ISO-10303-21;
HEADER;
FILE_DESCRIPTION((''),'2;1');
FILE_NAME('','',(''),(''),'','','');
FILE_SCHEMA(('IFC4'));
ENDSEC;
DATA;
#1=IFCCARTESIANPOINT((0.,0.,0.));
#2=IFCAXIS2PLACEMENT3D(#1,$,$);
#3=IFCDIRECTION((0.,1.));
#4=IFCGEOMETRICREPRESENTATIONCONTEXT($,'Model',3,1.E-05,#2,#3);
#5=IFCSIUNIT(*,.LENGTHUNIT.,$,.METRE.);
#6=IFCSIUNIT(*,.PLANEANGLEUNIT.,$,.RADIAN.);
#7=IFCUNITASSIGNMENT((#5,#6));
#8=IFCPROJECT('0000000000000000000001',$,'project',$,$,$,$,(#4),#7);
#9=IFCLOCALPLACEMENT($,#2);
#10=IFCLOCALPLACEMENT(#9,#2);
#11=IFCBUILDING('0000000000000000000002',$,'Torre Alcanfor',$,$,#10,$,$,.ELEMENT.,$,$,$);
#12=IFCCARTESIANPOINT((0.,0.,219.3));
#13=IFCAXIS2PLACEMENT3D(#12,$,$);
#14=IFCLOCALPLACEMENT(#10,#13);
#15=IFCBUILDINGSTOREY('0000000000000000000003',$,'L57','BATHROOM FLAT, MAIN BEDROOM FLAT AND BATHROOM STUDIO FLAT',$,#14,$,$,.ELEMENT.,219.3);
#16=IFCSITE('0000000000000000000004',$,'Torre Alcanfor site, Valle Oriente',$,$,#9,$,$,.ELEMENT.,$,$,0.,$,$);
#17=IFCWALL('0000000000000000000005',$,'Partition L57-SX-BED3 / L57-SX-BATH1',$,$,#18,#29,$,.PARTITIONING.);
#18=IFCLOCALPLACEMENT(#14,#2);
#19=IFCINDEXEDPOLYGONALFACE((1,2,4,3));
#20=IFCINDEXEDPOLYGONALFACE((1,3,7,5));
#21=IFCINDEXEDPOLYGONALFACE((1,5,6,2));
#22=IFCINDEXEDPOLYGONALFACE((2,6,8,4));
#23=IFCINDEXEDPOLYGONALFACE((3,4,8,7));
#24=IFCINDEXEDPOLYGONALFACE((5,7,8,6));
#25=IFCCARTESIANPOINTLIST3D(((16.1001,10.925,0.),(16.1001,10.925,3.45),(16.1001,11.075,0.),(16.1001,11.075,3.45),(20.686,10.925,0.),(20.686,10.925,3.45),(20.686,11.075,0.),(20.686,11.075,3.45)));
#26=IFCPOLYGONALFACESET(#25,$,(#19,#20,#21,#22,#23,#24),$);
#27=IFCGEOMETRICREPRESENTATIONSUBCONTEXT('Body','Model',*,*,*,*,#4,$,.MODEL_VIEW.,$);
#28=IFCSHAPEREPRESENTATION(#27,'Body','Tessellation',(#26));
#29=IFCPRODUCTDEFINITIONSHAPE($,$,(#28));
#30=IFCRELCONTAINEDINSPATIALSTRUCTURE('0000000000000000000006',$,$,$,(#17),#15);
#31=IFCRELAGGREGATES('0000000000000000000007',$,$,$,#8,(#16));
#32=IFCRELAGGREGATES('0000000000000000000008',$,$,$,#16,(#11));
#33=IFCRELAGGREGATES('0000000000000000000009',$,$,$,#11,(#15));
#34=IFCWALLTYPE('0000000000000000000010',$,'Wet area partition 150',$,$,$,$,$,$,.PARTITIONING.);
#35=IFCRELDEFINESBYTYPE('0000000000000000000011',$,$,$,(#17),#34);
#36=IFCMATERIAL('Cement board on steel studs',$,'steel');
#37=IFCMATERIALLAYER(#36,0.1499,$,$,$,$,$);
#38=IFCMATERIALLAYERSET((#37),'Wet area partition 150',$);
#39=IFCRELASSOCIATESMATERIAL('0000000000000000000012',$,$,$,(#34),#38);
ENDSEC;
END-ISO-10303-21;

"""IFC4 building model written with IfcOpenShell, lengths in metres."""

from ifc_helpers import new_model, si_unit, direction, frame, frame_2d, origin, place, context, subcontext, project, spatial, rectangle, extrude, material, layer, layer_set, type_object, element, save


model = new_model("IFC4")

# Units and contexts
model_context = context("Model", 3, precision=1e-05, world=origin(), true_north=direction((0.0, 1.0)))
body_context = subcontext(model_context, "Body", "Model", "MODEL_VIEW")
ifc_project = project(units=[si_unit("LENGTHUNIT", "METRE"), si_unit("PLANEANGLEUNIT", "RADIAN")], contexts=[model_context])

# Site, building, storey
site_placement = place(None, origin())
site = spatial("IfcSite", under=ifc_project, at=site_placement, Name="Torre Alcanfor site, Valle Oriente", CompositionType="ELEMENT", RefElevation=0.0)
building_placement = place(site_placement, origin())
building = spatial("IfcBuilding", under=site, at=building_placement, Name="Torre Alcanfor", CompositionType="ELEMENT")
storey_placement = place(building_placement, frame((0.0, 0.0, 219.3)))
storey = spatial("IfcBuildingStorey", under=building, at=storey_placement, Name="L57", Description="BATHROOM FLAT, MAIN BEDROOM FLAT AND BATHROOM STUDIO FLAT", CompositionType="ELEMENT", Elevation=219.3)

# Wall
ifc_material_1 = material(Name="Cement board on steel studs", Category="steel")
ifc_layer_1 = layer(ifc_material_1, 0.1499)
ifc_layer_set_1 = layer_set([ifc_layer_1], Name="Wet area partition 150")
wall_type_1 = type_object("IfcWallType", Name="Wet area partition 150", PredefinedType="PARTITIONING", material=ifc_layer_set_1)
wall_1_placement = place(storey_placement, frame((16.1001, 11.0, 0.0), z_axis=(0.0, 0.0, 1.0), x_axis=(1.0, 0.0, 0.0)))
element("IfcWall", 1, at=wall_1_placement, inside=storey, type_object=wall_type_1, Name="Partition L57-SX-BED3 / L57-SX-BATH1", PredefinedType="PARTITIONING", context=body_context, shape_type="SweptSolid", body=[
    extrude(rectangle(XDim=4.5859, YDim=0.1499, at=frame_2d((2.293, 0.0))), origin(), (0.0, 0.0, 1.0), 3.45),
])

save(model, "model.ifc")
